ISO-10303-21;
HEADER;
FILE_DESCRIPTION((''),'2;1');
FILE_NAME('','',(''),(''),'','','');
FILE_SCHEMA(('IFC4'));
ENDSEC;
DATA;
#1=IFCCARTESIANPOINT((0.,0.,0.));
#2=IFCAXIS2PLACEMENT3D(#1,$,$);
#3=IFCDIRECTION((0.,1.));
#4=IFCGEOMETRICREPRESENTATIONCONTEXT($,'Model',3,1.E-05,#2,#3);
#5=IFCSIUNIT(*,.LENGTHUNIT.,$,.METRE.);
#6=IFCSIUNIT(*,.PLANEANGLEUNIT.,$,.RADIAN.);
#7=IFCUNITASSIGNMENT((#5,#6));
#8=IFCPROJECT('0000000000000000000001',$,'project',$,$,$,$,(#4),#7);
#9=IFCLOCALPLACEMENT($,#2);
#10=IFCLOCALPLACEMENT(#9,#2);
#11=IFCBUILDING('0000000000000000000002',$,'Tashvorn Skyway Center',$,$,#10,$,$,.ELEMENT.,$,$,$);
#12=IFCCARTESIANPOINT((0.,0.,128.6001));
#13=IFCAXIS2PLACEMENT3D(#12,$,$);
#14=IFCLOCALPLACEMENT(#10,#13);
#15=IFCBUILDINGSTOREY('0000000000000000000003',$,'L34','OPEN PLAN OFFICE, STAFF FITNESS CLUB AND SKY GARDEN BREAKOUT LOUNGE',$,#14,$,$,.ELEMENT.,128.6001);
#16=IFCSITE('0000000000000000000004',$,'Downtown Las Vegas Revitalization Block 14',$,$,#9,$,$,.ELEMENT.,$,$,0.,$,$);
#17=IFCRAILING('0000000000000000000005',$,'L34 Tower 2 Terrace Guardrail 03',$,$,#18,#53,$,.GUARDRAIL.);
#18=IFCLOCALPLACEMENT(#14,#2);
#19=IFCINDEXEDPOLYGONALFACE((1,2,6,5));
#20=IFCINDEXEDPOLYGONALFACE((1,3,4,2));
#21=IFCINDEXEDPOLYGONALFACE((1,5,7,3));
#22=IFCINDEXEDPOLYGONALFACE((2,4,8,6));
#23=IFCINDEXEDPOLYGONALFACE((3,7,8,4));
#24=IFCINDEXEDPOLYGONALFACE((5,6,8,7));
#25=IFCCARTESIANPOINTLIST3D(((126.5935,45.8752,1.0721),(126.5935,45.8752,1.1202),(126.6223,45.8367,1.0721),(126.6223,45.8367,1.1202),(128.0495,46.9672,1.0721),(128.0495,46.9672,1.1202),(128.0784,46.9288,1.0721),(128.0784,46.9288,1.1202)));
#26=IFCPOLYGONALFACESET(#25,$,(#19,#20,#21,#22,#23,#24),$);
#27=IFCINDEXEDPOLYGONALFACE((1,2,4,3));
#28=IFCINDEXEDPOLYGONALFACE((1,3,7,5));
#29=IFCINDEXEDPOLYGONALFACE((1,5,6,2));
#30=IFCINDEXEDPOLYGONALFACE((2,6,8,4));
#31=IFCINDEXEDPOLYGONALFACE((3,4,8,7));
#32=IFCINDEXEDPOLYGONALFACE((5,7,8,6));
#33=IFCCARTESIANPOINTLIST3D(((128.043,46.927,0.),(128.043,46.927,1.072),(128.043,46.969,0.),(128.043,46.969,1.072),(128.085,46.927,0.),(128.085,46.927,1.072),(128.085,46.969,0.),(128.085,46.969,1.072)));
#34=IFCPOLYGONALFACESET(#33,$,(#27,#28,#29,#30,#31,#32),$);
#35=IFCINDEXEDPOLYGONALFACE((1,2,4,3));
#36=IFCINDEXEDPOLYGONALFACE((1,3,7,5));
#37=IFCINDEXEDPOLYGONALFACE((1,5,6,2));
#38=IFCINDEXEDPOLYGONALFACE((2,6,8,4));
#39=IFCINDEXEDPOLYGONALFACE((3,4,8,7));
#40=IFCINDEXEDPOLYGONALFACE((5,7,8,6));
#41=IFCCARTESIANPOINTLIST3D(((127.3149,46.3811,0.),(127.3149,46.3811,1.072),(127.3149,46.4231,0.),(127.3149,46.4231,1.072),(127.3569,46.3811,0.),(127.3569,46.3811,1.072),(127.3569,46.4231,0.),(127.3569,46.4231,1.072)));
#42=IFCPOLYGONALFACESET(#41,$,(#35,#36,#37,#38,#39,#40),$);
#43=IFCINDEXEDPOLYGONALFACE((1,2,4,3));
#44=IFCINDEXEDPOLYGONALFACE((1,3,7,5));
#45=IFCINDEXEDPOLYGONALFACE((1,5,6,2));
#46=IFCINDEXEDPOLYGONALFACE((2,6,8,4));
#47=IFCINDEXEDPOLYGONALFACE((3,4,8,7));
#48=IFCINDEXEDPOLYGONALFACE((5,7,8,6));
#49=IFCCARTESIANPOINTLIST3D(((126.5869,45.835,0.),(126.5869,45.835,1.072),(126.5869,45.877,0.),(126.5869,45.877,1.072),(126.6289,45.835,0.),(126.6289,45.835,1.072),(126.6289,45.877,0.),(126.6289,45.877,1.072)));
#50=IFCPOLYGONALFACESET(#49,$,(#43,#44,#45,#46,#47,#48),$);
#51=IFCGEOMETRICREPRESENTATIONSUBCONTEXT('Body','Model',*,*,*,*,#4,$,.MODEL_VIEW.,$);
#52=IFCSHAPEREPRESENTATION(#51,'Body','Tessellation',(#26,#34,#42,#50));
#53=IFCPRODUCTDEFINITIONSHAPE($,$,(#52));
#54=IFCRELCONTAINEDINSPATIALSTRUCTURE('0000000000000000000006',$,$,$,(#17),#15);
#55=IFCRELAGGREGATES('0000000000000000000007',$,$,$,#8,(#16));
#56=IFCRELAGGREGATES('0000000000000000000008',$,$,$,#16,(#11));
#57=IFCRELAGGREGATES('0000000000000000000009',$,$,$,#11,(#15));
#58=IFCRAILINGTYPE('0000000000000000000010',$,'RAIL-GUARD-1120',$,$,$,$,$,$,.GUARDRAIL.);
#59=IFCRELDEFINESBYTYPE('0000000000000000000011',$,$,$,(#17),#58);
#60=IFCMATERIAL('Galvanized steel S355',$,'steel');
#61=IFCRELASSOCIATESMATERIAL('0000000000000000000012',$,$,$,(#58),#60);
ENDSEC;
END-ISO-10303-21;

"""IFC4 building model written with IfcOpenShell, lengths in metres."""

from ifc_helpers import new_model, si_unit, direction, frame, origin, origin_2d, place, context, subcontext, project, spatial, rectangle, extrude, material, type_object, element, save


model = new_model("IFC4")

# Units and contexts
model_context = context("Model", 3, precision=1e-05, world=origin(), true_north=direction((0.0, 1.0)))
body_context = subcontext(model_context, "Body", "Model", "MODEL_VIEW")
ifc_project = project(units=[si_unit("LENGTHUNIT", "METRE"), si_unit("PLANEANGLEUNIT", "RADIAN")], contexts=[model_context])

# Site, building, storey
site_placement = place(None, origin())
site = spatial("IfcSite", under=ifc_project, at=site_placement, Name="Downtown Las Vegas Revitalization Block 14", CompositionType="ELEMENT", RefElevation=0.0)
building_placement = place(site_placement, origin())
building = spatial("IfcBuilding", under=site, at=building_placement, Name="Tashvorn Skyway Center", CompositionType="ELEMENT")
storey_placement = place(building_placement, frame((0.0, 0.0, 128.6001)))
storey = spatial("IfcBuildingStorey", under=building, at=storey_placement, Name="L34", Description="OPEN PLAN OFFICE, STAFF FITNESS CLUB AND SKY GARDEN BREAKOUT LOUNGE", CompositionType="ELEMENT", Elevation=128.6001)

# Railing
ifc_material_1 = material(Name="Galvanized steel S355", Category="steel")
railing_type = type_object("IfcRailingType", Name="RAIL-GUARD-1120", PredefinedType="GUARDRAIL", material=ifc_material_1)
railing_1_placement = place(storey_placement, frame((128.064, 46.948, 0.0)))
element("IfcRailing", 1, at=railing_1_placement, inside=storey, type_object=railing_type, Name="L34 Tower 2 Terrace Guardrail 03", PredefinedType="GUARDRAIL", context=body_context, shape_type="SweptSolid", body=[
    extrude(rectangle(XDim=0.0481, YDim=0.0481, at=origin_2d()), frame((0.0, 0.0, 1.0962), z_axis=(-0.8, -0.6, 0.0), x_axis=(0.6, -0.8, 0.0)), (0.0, 0.0, 1.0), 1.8201),
    extrude(rectangle(XDim=0.042, YDim=0.042, at=origin_2d()), origin(), (0.0, 0.0, 1.0), 1.072),
    extrude(rectangle(XDim=0.042, YDim=0.042, at=origin_2d()), frame((-0.728, -0.5459, 0.0)), (0.0, 0.0, 1.0), 1.072),
    extrude(rectangle(XDim=0.042, YDim=0.042, at=origin_2d()), frame((-1.4561, -1.092, 0.0)), (0.0, 0.0, 1.0), 1.072),
])

save(model, "model.ifc")
